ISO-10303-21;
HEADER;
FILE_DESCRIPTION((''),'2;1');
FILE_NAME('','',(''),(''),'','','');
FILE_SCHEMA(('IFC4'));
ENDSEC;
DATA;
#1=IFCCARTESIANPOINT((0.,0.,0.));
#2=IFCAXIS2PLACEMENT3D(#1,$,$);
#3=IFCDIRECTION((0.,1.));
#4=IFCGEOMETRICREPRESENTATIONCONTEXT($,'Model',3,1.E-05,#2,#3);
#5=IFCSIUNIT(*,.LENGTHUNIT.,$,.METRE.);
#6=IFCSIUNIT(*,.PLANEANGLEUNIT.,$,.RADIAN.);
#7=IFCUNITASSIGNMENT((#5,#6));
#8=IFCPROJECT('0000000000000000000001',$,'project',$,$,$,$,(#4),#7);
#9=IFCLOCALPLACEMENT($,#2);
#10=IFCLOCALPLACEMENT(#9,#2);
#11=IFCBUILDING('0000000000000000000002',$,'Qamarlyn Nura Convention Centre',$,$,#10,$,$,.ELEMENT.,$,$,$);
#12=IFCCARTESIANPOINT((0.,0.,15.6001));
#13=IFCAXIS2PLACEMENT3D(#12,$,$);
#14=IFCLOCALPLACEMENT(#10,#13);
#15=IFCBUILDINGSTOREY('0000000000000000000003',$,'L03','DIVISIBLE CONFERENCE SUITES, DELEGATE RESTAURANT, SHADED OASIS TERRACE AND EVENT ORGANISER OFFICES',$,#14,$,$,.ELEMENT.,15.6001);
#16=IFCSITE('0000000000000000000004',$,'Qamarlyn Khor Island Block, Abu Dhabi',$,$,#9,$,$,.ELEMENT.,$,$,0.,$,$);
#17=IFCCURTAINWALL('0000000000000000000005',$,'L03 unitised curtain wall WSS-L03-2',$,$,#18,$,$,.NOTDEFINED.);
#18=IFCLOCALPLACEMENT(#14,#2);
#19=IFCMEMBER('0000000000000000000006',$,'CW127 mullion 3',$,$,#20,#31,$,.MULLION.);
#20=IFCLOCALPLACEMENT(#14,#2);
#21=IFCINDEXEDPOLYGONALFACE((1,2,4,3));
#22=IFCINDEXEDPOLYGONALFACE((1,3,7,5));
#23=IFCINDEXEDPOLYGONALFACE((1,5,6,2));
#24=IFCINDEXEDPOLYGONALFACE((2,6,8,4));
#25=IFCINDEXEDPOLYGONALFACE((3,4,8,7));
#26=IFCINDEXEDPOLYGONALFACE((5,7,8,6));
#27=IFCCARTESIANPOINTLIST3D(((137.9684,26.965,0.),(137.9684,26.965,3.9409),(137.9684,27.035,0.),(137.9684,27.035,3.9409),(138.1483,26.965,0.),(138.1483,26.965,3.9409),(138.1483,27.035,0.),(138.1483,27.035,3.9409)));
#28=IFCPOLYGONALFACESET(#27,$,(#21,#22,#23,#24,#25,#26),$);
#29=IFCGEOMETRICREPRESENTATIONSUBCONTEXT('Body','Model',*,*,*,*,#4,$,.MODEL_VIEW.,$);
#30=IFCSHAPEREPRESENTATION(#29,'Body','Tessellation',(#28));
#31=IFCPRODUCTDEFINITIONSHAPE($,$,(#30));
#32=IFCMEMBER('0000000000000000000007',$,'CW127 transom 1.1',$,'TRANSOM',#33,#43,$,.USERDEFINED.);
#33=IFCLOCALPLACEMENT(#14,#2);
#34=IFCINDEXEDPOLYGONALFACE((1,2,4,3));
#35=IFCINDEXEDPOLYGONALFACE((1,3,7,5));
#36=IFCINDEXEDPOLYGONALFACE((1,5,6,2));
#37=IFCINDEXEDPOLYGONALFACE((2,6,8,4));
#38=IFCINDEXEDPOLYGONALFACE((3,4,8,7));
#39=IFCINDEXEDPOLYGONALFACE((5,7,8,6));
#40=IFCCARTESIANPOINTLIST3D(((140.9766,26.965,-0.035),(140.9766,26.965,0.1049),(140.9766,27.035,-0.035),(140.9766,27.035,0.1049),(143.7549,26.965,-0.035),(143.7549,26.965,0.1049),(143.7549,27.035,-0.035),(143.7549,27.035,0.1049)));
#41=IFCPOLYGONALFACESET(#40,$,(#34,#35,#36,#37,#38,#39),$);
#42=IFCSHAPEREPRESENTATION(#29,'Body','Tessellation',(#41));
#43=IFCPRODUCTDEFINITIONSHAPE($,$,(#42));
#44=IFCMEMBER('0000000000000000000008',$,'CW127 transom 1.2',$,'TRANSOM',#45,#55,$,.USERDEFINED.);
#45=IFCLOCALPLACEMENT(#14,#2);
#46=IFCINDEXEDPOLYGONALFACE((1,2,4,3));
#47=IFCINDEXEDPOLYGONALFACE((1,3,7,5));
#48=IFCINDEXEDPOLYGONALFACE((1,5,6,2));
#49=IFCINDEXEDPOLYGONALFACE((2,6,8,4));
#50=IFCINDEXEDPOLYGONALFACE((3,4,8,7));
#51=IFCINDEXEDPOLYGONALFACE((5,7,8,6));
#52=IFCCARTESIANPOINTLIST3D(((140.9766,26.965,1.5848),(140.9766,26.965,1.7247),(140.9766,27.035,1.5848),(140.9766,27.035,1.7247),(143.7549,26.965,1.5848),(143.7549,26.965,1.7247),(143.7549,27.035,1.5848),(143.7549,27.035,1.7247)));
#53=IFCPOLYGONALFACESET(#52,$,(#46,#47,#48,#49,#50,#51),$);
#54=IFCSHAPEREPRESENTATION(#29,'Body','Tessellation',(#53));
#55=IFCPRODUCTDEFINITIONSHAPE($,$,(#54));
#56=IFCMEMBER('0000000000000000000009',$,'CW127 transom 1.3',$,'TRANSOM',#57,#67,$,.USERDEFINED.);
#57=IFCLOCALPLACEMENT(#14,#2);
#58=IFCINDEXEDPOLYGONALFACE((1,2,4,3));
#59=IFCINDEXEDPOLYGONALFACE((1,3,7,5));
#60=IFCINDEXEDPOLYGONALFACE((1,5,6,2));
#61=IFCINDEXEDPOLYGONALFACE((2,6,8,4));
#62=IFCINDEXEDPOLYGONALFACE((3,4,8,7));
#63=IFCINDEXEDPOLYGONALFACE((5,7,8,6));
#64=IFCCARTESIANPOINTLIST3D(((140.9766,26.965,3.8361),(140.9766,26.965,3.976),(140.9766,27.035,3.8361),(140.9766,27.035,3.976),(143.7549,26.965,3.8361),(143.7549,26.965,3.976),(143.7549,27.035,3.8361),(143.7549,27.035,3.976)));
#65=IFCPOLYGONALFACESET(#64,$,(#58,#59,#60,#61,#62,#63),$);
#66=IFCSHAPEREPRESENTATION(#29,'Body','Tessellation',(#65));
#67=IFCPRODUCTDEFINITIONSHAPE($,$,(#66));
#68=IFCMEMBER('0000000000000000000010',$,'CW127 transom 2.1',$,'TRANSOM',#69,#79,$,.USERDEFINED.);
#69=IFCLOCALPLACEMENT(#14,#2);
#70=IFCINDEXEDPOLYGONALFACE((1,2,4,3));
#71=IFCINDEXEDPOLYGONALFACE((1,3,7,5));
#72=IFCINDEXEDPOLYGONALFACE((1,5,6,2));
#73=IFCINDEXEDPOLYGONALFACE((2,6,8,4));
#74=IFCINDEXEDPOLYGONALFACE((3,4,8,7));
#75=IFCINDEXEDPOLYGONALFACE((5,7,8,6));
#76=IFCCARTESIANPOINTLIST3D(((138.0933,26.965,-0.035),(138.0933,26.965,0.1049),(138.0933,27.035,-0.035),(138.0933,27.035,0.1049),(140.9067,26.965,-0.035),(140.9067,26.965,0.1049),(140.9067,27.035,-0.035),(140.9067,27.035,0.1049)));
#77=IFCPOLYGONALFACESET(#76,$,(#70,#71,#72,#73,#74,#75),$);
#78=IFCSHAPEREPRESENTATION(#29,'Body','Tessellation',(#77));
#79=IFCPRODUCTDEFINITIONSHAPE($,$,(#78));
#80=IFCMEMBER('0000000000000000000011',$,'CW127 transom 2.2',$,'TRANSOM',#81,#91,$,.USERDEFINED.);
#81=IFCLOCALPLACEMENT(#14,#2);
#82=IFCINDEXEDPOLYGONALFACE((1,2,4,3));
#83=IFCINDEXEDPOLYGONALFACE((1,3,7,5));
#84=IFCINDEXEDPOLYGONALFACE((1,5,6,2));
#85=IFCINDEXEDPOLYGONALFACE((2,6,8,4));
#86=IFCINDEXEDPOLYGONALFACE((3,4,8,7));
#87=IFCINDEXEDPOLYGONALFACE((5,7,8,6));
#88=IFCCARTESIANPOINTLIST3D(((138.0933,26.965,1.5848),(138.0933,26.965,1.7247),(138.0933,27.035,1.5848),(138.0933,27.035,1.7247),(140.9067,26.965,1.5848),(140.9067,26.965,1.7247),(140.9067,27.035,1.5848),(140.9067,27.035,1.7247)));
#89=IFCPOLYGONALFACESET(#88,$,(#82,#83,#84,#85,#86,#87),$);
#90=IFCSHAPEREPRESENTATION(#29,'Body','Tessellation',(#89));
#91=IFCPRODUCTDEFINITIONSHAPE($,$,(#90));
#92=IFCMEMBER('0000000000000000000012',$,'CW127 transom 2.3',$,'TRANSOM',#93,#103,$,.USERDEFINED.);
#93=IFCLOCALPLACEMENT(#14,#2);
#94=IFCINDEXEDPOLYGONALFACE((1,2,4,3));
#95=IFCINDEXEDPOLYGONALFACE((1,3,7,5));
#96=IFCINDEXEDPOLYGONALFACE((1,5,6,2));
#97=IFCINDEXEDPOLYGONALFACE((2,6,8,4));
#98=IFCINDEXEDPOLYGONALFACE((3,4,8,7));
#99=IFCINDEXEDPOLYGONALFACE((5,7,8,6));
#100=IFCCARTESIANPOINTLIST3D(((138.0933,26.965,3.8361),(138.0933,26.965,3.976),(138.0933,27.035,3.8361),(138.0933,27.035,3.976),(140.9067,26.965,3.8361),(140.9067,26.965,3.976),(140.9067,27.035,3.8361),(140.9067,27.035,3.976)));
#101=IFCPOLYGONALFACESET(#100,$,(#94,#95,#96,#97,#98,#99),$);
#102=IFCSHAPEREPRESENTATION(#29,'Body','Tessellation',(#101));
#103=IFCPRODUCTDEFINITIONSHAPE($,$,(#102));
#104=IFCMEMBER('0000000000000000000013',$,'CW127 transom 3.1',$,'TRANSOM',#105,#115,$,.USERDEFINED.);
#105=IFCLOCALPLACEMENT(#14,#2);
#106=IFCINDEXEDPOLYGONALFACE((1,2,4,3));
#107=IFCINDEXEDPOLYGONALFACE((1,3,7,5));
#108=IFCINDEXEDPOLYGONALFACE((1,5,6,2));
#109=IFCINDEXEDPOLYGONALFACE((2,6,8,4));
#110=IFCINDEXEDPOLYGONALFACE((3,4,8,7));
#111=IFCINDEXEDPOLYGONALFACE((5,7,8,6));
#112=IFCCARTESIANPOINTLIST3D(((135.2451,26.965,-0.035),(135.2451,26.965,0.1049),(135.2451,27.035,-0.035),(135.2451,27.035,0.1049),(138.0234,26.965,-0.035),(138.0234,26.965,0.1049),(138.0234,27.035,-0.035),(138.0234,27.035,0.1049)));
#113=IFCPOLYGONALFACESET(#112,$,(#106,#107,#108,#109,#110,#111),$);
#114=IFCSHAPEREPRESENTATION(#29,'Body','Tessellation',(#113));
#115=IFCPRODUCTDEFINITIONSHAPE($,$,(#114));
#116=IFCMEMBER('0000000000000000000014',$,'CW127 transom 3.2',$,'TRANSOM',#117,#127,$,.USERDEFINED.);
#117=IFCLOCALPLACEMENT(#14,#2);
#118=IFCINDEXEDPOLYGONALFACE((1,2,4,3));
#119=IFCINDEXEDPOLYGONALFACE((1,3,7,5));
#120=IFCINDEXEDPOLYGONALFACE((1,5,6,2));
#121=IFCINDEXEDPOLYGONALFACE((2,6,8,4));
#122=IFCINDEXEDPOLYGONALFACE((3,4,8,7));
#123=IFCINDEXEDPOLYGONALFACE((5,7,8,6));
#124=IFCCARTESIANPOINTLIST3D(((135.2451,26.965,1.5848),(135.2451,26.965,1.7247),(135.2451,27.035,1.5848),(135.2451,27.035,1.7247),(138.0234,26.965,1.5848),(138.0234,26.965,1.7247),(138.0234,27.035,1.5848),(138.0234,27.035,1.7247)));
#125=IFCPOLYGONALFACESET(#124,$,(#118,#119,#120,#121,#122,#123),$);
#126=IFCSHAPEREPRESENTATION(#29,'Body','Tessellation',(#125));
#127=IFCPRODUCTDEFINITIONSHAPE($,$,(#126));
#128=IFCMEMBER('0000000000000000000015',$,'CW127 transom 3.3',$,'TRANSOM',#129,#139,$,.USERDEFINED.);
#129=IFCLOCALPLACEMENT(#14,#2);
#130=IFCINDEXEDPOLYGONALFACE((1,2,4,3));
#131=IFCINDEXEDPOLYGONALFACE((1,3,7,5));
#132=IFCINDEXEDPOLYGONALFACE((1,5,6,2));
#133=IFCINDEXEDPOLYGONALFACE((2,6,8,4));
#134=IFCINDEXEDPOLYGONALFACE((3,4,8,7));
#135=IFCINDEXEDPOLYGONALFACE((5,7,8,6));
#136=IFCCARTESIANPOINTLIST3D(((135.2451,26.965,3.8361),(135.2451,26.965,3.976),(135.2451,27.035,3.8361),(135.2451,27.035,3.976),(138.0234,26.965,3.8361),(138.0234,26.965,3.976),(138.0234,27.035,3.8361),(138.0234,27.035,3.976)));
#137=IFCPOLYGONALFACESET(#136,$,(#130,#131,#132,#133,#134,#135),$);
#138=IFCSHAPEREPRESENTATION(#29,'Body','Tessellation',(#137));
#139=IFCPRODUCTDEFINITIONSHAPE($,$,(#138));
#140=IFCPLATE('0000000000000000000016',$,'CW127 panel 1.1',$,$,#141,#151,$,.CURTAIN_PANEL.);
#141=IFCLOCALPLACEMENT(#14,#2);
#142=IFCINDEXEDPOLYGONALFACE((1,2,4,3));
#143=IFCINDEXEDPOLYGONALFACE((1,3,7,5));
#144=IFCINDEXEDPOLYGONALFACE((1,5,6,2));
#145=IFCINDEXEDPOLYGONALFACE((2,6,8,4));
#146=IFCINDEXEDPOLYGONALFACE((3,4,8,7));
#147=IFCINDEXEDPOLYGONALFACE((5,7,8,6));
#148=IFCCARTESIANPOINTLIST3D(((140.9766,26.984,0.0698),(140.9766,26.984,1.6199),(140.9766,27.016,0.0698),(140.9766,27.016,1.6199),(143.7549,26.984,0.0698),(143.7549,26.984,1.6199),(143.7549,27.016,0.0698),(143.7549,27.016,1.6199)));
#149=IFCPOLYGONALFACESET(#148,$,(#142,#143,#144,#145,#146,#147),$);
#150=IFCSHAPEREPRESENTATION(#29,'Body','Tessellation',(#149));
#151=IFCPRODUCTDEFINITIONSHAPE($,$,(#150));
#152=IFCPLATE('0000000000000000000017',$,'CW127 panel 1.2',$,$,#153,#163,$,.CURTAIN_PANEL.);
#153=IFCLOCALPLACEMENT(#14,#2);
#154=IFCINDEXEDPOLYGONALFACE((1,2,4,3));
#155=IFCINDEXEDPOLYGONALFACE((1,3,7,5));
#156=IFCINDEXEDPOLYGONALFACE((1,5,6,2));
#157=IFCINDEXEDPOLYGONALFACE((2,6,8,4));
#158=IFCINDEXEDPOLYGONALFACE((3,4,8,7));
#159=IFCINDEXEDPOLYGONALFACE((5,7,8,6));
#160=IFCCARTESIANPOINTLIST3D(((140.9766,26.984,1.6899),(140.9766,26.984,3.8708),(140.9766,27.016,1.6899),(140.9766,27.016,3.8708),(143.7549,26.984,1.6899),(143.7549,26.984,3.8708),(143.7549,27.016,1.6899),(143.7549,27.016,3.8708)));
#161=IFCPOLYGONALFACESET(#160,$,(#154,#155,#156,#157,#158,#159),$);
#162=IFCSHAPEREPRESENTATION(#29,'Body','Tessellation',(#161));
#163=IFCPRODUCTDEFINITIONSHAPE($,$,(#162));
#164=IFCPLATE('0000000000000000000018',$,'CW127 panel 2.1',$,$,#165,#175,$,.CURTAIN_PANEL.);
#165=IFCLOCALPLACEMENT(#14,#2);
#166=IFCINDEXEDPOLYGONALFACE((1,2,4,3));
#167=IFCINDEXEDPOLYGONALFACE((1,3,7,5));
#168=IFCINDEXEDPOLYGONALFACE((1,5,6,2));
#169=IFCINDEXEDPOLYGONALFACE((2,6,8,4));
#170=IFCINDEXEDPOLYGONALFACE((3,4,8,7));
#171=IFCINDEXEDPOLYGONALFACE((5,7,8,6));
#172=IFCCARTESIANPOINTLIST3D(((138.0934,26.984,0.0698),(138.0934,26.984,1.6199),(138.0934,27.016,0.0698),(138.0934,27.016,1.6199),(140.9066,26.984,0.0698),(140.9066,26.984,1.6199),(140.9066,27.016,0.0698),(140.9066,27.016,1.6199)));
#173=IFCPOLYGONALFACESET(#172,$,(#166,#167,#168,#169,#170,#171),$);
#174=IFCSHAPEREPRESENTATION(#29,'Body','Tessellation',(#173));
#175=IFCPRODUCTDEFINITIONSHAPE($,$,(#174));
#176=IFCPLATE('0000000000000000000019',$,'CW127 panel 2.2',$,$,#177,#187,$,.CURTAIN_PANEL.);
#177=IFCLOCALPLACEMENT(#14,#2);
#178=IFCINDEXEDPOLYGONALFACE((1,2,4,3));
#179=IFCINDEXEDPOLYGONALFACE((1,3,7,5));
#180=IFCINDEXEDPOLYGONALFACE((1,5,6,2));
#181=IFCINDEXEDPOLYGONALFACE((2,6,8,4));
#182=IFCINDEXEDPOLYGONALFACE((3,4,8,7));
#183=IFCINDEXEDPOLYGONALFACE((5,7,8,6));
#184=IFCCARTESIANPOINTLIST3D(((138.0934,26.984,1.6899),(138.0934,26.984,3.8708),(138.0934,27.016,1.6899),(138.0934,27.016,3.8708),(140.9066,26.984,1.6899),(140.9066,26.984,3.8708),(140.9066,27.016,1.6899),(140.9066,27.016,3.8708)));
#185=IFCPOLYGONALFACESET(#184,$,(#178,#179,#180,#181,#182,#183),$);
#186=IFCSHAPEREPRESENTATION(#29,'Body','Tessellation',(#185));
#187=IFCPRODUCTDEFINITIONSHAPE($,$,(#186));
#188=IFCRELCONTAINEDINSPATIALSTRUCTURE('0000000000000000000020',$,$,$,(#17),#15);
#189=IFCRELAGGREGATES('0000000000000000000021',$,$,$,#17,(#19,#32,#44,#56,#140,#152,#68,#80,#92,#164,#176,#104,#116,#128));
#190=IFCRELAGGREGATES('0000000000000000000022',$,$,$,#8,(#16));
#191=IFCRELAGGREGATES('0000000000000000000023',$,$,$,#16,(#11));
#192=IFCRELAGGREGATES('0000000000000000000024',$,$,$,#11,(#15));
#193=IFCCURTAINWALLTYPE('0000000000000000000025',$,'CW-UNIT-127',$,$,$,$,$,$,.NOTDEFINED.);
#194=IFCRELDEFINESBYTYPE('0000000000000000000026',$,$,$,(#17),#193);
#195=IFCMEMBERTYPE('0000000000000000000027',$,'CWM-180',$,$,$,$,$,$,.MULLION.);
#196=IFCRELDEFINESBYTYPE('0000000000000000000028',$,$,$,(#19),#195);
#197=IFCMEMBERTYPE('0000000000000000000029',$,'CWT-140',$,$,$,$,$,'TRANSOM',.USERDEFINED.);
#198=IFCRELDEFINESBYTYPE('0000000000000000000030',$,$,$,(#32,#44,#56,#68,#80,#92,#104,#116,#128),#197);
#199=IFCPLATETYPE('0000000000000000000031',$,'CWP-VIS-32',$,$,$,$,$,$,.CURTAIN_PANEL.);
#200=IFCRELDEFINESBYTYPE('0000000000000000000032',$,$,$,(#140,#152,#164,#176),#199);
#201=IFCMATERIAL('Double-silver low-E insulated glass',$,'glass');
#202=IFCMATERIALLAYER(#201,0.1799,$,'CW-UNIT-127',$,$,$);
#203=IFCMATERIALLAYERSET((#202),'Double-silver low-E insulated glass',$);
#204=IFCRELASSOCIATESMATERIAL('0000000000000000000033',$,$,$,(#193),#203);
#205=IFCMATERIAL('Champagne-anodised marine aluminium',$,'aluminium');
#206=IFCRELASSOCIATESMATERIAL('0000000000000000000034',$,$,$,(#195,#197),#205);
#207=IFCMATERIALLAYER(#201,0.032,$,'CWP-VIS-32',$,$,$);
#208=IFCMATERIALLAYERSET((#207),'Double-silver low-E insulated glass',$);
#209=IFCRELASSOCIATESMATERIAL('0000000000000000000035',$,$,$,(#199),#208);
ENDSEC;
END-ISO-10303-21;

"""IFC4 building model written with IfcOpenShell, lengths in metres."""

from ifc_helpers import new_model, si_unit, direction, frame, origin, origin_2d, place, context, subcontext, project, spatial, rectangle, extrude, material, layer, layer_set, material_profile, profile_set, type_object, element, aggregate, save


model = new_model("IFC4")

# Units and contexts
model_context = context("Model", 3, precision=1e-05, world=origin(), true_north=direction((0.0, 1.0)))
body_context = subcontext(model_context, "Body", "Model", "MODEL_VIEW")
ifc_project = project(units=[si_unit("LENGTHUNIT", "METRE"), si_unit("PLANEANGLEUNIT", "RADIAN")], contexts=[model_context])

# Site, building, storey
site_placement = place(None, origin())
site = spatial("IfcSite", under=ifc_project, at=site_placement, Name="Qamarlyn Khor Island Block, Abu Dhabi", CompositionType="ELEMENT", RefElevation=0.0)
building_placement = place(site_placement, origin())
building = spatial("IfcBuilding", under=site, at=building_placement, Name="Qamarlyn Nura Convention Centre", CompositionType="ELEMENT")
storey_placement = place(building_placement, frame((0.0, 0.0, 15.6001)))
storey = spatial("IfcBuildingStorey", under=building, at=storey_placement, Name="L03", Description="DIVISIBLE CONFERENCE SUITES, DELEGATE RESTAURANT, SHADED OASIS TERRACE AND EVENT ORGANISER OFFICES", CompositionType="ELEMENT", Elevation=15.6001)

# Curtain wall, members, plates
ifc_material_1 = material(Name="Double-silver low-E insulated glass", Category="glass")
ifc_layer_1 = layer(ifc_material_1, 0.1799, Name="CW-UNIT-127")
ifc_layer_set_1 = layer_set([ifc_layer_1], Name="Double-silver low-E insulated glass")
curtain_wall_type = type_object("IfcCurtainWallType", Name="CW-UNIT-127", PredefinedType="NOTDEFINED", material=ifc_layer_set_1)
curtain_wall_placement = place(storey_placement, origin())
curtain_wall = element("IfcCurtainWall", 1, at=curtain_wall_placement, inside=storey, type_object=curtain_wall_type, Name="L03 unitised curtain wall WSS-L03-2", PredefinedType="NOTDEFINED")
ifc_material_2 = material(Name="Champagne-anodised marine aluminium", Category="aluminium")
ifc_material_profile_1 = material_profile(ifc_material_2, rectangle(XDim=0.0701, YDim=0.1799, at=origin_2d()), Name="ALU MULLION 70x180")
ifc_profile_set_1 = profile_set([ifc_material_profile_1], Name="Champagne-anodised marine aluminium")
member_type_1 = type_object("IfcMemberType", Name="CWM-180", PredefinedType="MULLION", material=ifc_profile_set_1)
member_1_placement = place(storey_placement, frame((138.0583, 27.0, 0.0), z_axis=(0.0, 0.0, 1.0), x_axis=(0.0, -1.0, 0.0)))
member_1 = element("IfcMember", 2, at=member_1_placement, type_object=member_type_1, Name="CW127 mullion 3", PredefinedType="MULLION", context=body_context, shape_type="SweptSolid", body=[
    extrude(rectangle(XDim=0.0701, YDim=0.1799, at=origin_2d()), origin(), (0.0, 0.0, 1.0), 3.9409),
])
ifc_material_profile_2 = material_profile(ifc_material_2, rectangle(XDim=0.0701, YDim=0.1399, at=origin_2d()), Name="ALU TRANSOM 70x140")
ifc_profile_set_2 = profile_set([ifc_material_profile_2], Name="Champagne-anodised marine aluminium")
member_type_2 = type_object("IfcMemberType", Name="CWT-140", ElementType="TRANSOM", PredefinedType="USERDEFINED", material=ifc_profile_set_2)
member_2_placement = place(storey_placement, frame((143.7549, 27.0, 0.0349), z_axis=(-1.0, 0.0, 0.0), x_axis=(0.0, -1.0, 0.0)))
member_2 = element("IfcMember", 3, at=member_2_placement, type_object=member_type_2, Name="CW127 transom 1.1", ObjectType="TRANSOM", PredefinedType="USERDEFINED", context=body_context, shape_type="SweptSolid", body=[
    extrude(rectangle(XDim=0.0701, YDim=0.1399, at=origin_2d()), origin(), (0.0, 0.0, 1.0), 2.7783),
])
member_3_placement = place(storey_placement, frame((143.7549, 27.0, 1.6548), z_axis=(-1.0, 0.0, 0.0), x_axis=(0.0, -1.0, 0.0)))
member_3 = element("IfcMember", 4, at=member_3_placement, type_object=member_type_2, Name="CW127 transom 1.2", ObjectType="TRANSOM", PredefinedType="USERDEFINED", context=body_context, shape_type="SweptSolid", body=[
    extrude(rectangle(XDim=0.0701, YDim=0.1399, at=origin_2d()), origin(), (0.0, 0.0, 1.0), 2.7783),
])
member_4_placement = place(storey_placement, frame((143.7549, 27.0, 3.906), z_axis=(-1.0, 0.0, 0.0), x_axis=(0.0, -1.0, 0.0)))
member_4 = element("IfcMember", 5, at=member_4_placement, type_object=member_type_2, Name="CW127 transom 1.3", ObjectType="TRANSOM", PredefinedType="USERDEFINED", context=body_context, shape_type="SweptSolid", body=[
    extrude(rectangle(XDim=0.0701, YDim=0.1399, at=origin_2d()), origin(), (0.0, 0.0, 1.0), 2.7783),
])
member_5_placement = place(storey_placement, frame((140.9067, 27.0, 0.0349), z_axis=(-1.0, 0.0, 0.0), x_axis=(0.0, -1.0, 0.0)))
member_5 = element("IfcMember", 6, at=member_5_placement, type_object=member_type_2, Name="CW127 transom 2.1", ObjectType="TRANSOM", PredefinedType="USERDEFINED", context=body_context, shape_type="SweptSolid", body=[
    extrude(rectangle(XDim=0.0701, YDim=0.1399, at=origin_2d()), origin(), (0.0, 0.0, 1.0), 2.8135),
])
member_6_placement = place(storey_placement, frame((140.9067, 27.0, 1.6548), z_axis=(-1.0, 0.0, 0.0), x_axis=(0.0, -1.0, 0.0)))
member_6 = element("IfcMember", 7, at=member_6_placement, type_object=member_type_2, Name="CW127 transom 2.2", ObjectType="TRANSOM", PredefinedType="USERDEFINED", context=body_context, shape_type="SweptSolid", body=[
    extrude(rectangle(XDim=0.0701, YDim=0.1399, at=origin_2d()), origin(), (0.0, 0.0, 1.0), 2.8135),
])
member_7_placement = place(storey_placement, frame((140.9067, 27.0, 3.906), z_axis=(-1.0, 0.0, 0.0), x_axis=(0.0, -1.0, 0.0)))
member_7 = element("IfcMember", 8, at=member_7_placement, type_object=member_type_2, Name="CW127 transom 2.3", ObjectType="TRANSOM", PredefinedType="USERDEFINED", context=body_context, shape_type="SweptSolid", body=[
    extrude(rectangle(XDim=0.0701, YDim=0.1399, at=origin_2d()), origin(), (0.0, 0.0, 1.0), 2.8135),
])
member_8_placement = place(storey_placement, frame((138.0234, 27.0, 0.0349), z_axis=(-1.0, 0.0, 0.0), x_axis=(0.0, -1.0, 0.0)))
member_8 = element("IfcMember", 9, at=member_8_placement, type_object=member_type_2, Name="CW127 transom 3.1", ObjectType="TRANSOM", PredefinedType="USERDEFINED", context=body_context, shape_type="SweptSolid", body=[
    extrude(rectangle(XDim=0.0701, YDim=0.1399, at=origin_2d()), origin(), (0.0, 0.0, 1.0), 2.7783),
])
member_9_placement = place(storey_placement, frame((138.0234, 27.0, 1.6548), z_axis=(-1.0, 0.0, 0.0), x_axis=(0.0, -1.0, 0.0)))
member_9 = element("IfcMember", 10, at=member_9_placement, type_object=member_type_2, Name="CW127 transom 3.2", ObjectType="TRANSOM", PredefinedType="USERDEFINED", context=body_context, shape_type="SweptSolid", body=[
    extrude(rectangle(XDim=0.0701, YDim=0.1399, at=origin_2d()), origin(), (0.0, 0.0, 1.0), 2.7783),
])
member_10_placement = place(storey_placement, frame((138.0234, 27.0, 3.906), z_axis=(-1.0, 0.0, 0.0), x_axis=(0.0, -1.0, 0.0)))
member_10 = element("IfcMember", 11, at=member_10_placement, type_object=member_type_2, Name="CW127 transom 3.3", ObjectType="TRANSOM", PredefinedType="USERDEFINED", context=body_context, shape_type="SweptSolid", body=[
    extrude(rectangle(XDim=0.0701, YDim=0.1399, at=origin_2d()), origin(), (0.0, 0.0, 1.0), 2.7783),
])
ifc_layer_2 = layer(ifc_material_1, 0.032, Name="CWP-VIS-32")
ifc_layer_set_2 = layer_set([ifc_layer_2], Name="Double-silver low-E insulated glass")
plate_type = type_object("IfcPlateType", Name="CWP-VIS-32", PredefinedType="CURTAIN_PANEL", material=ifc_layer_set_2)
plate_1_placement = place(storey_placement, frame((142.3657, 27.0, 0.0698), z_axis=(0.0, 0.0, 1.0), x_axis=(-1.0, 0.0, 0.0)))
plate_1 = element("IfcPlate", 12, at=plate_1_placement, type_object=plate_type, Name="CW127 panel 1.1", PredefinedType="CURTAIN_PANEL", context=body_context, shape_type="SweptSolid", body=[
    extrude(rectangle(XDim=2.7783, YDim=0.032, at=origin_2d()), origin(), (0.0, 0.0, 1.0), 1.55),
])
plate_2_placement = place(storey_placement, frame((142.3657, 27.0, 1.6899), z_axis=(0.0, 0.0, 1.0), x_axis=(-1.0, 0.0, 0.0)))
plate_2 = element("IfcPlate", 13, at=plate_2_placement, type_object=plate_type, Name="CW127 panel 1.2", PredefinedType="CURTAIN_PANEL", context=body_context, shape_type="SweptSolid", body=[
    extrude(rectangle(XDim=2.7783, YDim=0.032, at=origin_2d()), origin(), (0.0, 0.0, 1.0), 2.1809),
])
plate_3_placement = place(storey_placement, frame((139.5, 27.0, 0.0698), z_axis=(0.0, 0.0, 1.0), x_axis=(-1.0, 0.0, 0.0)))
plate_3 = element("IfcPlate", 14, at=plate_3_placement, type_object=plate_type, Name="CW127 panel 2.1", PredefinedType="CURTAIN_PANEL", context=body_context, shape_type="SweptSolid", body=[
    extrude(rectangle(XDim=2.8132, YDim=0.032, at=origin_2d()), origin(), (0.0, 0.0, 1.0), 1.55),
])
plate_4_placement = place(storey_placement, frame((139.5, 27.0, 1.6899), z_axis=(0.0, 0.0, 1.0), x_axis=(-1.0, 0.0, 0.0)))
plate_4 = element("IfcPlate", 15, at=plate_4_placement, type_object=plate_type, Name="CW127 panel 2.2", PredefinedType="CURTAIN_PANEL", context=body_context, shape_type="SweptSolid", body=[
    extrude(rectangle(XDim=2.8132, YDim=0.032, at=origin_2d()), origin(), (0.0, 0.0, 1.0), 2.1809),
])
aggregate(curtain_wall, [member_1, member_2, member_3, member_4, plate_1, plate_2, member_5, member_6, member_7, plate_3, plate_4, member_8, member_9, member_10])

save(model, "model.ifc")
